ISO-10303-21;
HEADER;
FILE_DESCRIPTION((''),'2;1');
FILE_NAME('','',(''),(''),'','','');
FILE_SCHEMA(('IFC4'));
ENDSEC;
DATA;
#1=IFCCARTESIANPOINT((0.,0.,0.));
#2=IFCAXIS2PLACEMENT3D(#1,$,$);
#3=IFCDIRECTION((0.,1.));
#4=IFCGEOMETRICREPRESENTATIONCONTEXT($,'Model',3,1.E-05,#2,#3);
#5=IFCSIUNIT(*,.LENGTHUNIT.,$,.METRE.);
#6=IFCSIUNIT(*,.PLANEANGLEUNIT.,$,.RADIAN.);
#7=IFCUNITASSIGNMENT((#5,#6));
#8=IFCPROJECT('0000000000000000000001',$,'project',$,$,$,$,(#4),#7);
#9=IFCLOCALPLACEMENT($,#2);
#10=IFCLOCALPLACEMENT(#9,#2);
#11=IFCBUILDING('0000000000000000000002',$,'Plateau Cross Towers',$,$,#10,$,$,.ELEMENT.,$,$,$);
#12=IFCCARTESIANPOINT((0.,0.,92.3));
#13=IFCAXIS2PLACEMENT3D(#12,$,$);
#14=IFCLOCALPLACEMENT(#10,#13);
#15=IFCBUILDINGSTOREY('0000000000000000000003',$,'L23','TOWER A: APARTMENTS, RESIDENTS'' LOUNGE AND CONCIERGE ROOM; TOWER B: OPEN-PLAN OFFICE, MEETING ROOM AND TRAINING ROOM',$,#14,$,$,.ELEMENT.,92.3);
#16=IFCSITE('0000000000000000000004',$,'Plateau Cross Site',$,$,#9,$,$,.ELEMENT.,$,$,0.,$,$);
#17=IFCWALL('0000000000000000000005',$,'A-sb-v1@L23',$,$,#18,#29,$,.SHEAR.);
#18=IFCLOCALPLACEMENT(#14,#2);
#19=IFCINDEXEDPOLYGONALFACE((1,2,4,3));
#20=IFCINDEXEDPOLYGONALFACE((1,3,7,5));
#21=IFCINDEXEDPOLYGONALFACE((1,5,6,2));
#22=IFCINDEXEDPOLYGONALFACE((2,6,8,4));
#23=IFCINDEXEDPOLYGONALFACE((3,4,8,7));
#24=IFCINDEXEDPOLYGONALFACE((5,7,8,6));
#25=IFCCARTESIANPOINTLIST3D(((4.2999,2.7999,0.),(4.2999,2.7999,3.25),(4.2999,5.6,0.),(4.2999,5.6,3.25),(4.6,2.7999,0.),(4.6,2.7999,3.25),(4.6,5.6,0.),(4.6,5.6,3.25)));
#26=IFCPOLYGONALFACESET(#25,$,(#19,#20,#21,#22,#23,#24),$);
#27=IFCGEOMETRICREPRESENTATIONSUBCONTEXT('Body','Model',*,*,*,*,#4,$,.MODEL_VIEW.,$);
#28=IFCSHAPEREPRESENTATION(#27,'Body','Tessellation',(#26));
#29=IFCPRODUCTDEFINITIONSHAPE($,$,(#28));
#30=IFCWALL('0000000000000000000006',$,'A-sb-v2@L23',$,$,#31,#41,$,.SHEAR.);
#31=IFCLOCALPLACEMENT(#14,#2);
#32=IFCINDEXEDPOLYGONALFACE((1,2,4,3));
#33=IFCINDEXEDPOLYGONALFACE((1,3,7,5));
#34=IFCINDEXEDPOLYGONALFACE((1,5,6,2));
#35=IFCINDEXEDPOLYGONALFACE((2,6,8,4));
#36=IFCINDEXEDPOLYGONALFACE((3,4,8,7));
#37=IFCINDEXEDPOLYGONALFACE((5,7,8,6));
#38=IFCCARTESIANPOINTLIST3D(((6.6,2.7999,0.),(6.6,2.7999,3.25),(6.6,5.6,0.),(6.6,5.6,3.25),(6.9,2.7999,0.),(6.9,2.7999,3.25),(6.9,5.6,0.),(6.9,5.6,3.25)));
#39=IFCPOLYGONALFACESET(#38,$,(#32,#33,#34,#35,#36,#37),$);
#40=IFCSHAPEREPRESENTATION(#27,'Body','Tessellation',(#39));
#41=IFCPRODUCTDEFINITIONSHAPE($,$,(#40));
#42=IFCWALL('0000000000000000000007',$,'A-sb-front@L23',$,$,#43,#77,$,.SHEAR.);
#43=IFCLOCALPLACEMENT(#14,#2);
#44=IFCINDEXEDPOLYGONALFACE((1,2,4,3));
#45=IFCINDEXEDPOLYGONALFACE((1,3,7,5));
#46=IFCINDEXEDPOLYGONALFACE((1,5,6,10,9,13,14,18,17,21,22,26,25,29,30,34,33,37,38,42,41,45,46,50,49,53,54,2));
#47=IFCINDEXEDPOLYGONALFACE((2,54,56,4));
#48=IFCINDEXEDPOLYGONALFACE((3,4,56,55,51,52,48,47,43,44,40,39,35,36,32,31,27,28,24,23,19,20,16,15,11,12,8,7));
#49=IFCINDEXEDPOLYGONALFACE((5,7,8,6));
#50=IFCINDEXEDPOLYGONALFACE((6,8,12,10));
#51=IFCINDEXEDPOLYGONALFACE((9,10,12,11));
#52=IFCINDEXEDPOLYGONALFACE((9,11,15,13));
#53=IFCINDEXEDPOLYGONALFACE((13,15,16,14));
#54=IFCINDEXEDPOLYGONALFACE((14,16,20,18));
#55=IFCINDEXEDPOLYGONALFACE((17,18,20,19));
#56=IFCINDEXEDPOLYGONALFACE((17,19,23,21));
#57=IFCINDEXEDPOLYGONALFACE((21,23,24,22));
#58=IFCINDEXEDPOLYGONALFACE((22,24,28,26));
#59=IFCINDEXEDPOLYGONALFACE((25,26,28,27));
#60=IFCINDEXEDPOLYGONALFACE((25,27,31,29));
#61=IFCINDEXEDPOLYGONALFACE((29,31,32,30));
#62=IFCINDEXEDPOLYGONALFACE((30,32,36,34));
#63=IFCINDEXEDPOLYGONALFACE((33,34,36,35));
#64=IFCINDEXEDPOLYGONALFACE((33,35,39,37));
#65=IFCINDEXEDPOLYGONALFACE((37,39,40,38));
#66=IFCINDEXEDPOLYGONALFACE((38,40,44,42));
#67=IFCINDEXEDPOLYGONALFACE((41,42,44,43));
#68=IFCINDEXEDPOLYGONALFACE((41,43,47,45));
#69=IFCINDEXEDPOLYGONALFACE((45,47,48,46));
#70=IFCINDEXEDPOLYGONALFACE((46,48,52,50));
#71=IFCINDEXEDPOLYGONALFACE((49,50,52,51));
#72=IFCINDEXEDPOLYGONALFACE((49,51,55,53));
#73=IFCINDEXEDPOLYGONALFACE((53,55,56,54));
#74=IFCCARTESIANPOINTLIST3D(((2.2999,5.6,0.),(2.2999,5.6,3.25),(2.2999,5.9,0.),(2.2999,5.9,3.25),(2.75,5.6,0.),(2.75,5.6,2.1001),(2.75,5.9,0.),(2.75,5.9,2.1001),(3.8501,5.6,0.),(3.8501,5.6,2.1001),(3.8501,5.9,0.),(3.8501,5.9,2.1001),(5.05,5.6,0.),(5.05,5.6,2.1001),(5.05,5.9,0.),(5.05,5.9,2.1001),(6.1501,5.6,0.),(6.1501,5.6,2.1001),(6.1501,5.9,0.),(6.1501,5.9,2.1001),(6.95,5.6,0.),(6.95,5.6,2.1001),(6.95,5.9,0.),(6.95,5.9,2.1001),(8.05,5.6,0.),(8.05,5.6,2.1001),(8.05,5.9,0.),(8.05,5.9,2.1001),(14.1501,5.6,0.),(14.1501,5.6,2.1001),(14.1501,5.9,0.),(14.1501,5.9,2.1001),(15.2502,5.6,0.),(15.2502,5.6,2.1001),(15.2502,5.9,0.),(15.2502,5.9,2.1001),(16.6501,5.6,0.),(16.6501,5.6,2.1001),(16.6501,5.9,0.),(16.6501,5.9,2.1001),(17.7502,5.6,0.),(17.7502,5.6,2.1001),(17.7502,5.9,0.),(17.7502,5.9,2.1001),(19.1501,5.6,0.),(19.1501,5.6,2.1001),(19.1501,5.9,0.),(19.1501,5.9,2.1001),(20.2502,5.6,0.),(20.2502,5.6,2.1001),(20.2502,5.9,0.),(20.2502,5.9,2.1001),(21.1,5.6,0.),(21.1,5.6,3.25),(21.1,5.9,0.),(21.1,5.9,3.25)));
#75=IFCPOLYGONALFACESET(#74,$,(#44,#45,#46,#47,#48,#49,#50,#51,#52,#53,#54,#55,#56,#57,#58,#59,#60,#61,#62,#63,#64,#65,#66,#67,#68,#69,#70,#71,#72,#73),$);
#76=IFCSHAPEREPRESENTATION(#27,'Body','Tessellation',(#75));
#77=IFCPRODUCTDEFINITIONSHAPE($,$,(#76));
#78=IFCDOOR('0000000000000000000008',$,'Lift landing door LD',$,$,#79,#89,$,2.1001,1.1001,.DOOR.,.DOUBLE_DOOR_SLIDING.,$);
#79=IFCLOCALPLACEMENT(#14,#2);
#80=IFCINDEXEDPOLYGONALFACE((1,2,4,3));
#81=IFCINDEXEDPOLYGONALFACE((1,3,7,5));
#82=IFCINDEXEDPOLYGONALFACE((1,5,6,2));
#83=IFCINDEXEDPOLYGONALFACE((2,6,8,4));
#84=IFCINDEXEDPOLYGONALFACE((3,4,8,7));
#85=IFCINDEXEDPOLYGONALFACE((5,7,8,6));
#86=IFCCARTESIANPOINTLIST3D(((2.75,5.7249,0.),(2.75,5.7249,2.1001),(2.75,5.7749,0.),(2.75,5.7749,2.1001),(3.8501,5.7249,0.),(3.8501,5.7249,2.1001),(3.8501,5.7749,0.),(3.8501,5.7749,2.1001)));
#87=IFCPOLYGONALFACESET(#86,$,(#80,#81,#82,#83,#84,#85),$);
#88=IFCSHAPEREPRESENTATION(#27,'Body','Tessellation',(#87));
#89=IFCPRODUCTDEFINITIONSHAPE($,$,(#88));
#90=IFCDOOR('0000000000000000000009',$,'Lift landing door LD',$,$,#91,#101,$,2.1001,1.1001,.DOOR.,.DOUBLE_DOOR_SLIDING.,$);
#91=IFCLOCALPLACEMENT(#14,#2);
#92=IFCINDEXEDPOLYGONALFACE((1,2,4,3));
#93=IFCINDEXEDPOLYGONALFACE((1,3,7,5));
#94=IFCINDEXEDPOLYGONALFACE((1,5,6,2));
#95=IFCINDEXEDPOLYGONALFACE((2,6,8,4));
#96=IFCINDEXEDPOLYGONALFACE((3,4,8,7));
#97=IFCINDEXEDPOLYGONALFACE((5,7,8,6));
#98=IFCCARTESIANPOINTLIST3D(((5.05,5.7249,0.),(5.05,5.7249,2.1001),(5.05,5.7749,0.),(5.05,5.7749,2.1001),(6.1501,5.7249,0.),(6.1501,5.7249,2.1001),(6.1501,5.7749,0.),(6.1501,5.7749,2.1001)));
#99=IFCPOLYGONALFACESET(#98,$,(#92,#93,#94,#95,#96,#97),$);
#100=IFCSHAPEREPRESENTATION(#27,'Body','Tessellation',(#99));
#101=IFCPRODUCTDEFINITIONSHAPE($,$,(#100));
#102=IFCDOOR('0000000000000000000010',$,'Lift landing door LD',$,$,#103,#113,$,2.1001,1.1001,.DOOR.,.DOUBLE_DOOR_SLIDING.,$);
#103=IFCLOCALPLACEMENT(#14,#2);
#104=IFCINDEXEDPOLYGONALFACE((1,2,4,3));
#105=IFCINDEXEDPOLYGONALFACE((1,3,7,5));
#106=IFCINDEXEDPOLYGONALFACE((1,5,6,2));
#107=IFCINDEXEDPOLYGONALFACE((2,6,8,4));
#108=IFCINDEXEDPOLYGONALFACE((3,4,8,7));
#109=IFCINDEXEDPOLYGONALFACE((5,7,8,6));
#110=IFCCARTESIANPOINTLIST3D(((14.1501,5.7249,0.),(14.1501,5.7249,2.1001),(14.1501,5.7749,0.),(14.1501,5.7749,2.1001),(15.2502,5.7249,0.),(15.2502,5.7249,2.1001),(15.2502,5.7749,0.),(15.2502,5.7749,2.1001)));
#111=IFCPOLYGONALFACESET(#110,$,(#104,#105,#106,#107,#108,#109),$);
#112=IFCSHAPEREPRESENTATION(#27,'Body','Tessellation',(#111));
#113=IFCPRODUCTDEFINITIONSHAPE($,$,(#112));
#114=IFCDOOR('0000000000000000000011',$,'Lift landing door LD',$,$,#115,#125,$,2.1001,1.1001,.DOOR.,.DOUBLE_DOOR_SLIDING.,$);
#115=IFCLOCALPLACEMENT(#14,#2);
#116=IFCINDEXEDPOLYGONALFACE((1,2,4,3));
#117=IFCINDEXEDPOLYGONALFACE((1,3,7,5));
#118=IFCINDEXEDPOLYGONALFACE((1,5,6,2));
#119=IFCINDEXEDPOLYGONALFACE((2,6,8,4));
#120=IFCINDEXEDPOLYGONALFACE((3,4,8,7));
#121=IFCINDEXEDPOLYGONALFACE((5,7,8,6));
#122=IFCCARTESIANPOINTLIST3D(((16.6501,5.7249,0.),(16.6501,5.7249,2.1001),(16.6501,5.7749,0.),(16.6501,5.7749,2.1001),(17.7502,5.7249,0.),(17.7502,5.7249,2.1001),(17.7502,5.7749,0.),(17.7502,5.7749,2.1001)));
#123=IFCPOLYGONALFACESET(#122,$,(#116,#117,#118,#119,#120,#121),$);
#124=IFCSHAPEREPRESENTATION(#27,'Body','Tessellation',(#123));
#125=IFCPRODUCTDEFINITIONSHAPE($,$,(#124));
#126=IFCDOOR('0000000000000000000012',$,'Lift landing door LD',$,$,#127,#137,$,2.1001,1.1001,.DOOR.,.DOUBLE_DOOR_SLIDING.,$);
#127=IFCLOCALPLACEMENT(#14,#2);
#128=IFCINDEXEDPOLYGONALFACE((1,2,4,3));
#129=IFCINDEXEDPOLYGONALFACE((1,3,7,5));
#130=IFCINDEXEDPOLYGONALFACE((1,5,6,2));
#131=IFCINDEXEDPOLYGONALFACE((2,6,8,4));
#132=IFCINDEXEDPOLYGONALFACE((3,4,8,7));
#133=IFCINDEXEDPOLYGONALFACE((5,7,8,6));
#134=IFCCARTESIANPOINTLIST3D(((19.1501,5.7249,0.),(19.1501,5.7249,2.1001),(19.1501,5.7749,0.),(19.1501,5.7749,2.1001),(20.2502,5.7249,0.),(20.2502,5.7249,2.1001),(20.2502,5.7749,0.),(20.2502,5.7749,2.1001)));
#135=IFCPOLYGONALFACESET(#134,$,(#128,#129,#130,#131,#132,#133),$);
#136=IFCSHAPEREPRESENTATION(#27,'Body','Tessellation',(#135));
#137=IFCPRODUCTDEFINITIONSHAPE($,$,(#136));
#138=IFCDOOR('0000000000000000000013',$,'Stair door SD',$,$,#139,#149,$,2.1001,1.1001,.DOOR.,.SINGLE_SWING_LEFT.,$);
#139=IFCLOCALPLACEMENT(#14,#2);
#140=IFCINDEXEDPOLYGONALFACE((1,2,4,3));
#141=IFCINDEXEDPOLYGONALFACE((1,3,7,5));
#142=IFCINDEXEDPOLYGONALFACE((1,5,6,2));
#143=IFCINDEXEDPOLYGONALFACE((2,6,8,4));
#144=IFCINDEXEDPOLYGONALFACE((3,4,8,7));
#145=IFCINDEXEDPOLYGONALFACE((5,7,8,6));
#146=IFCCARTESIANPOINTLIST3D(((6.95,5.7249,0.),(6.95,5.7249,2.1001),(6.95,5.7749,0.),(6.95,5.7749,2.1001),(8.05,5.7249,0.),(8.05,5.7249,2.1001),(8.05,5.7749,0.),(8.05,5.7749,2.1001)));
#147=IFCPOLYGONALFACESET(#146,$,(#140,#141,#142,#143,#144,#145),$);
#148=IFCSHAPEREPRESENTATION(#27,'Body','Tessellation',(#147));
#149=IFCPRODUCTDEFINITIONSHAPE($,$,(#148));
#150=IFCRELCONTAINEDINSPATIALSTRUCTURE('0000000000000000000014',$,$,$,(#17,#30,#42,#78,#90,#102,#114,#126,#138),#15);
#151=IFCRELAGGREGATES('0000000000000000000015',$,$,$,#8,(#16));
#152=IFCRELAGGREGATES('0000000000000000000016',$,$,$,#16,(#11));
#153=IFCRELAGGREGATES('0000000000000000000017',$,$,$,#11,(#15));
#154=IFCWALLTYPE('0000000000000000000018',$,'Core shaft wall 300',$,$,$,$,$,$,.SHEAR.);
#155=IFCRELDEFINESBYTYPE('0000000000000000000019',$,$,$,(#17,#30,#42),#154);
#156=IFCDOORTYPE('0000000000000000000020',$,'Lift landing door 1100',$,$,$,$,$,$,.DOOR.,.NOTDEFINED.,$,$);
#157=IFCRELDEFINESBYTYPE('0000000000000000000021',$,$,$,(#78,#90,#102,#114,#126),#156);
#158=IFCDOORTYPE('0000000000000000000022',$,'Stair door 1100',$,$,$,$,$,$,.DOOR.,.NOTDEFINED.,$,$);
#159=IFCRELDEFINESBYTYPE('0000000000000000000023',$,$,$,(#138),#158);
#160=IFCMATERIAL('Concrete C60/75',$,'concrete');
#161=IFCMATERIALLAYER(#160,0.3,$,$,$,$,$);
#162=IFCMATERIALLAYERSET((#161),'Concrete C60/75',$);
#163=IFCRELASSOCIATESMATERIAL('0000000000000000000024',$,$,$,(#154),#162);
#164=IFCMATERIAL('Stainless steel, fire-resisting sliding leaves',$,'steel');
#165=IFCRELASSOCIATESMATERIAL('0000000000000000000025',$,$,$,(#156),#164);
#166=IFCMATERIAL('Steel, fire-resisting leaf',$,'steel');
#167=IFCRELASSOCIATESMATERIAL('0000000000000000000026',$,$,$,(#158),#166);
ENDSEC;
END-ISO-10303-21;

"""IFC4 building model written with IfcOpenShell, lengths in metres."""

from ifc_helpers import new_model, si_unit, direction, frame, frame_2d, origin, place, context, subcontext, project, spatial, rectangle, extrude, material, layer, layer_set, type_object, element, fill, save


model = new_model("IFC4")

# Units and contexts
model_context = context("Model", 3, precision=1e-05, world=origin(), true_north=direction((0.0, 1.0)))
body_context = subcontext(model_context, "Body", "Model", "MODEL_VIEW")
ifc_project = project(units=[si_unit("LENGTHUNIT", "METRE"), si_unit("PLANEANGLEUNIT", "RADIAN")], contexts=[model_context])

# Site, building, storey
site_placement = place(None, origin())
site = spatial("IfcSite", under=ifc_project, at=site_placement, Name="Plateau Cross Site", CompositionType="ELEMENT", RefElevation=0.0)
building_placement = place(site_placement, origin())
building = spatial("IfcBuilding", under=site, at=building_placement, Name="Plateau Cross Towers", CompositionType="ELEMENT")
storey_placement = place(building_placement, frame((0.0, 0.0, 92.3)))
storey = spatial("IfcBuildingStorey", under=building, at=storey_placement, Name="L23", Description="TOWER A: APARTMENTS, RESIDENTS' LOUNGE AND CONCIERGE ROOM; TOWER B: OPEN-PLAN OFFICE, MEETING ROOM AND TRAINING ROOM", CompositionType="ELEMENT", Elevation=92.3)

# Shared definitions
ifc_material_1 = material(Name="Steel, fire-resisting leaf", Category="steel")

# Walls
ifc_material_2 = material(Name="Concrete C60/75", Category="concrete")
ifc_layer_1 = layer(ifc_material_2, 0.3)
ifc_layer_set_1 = layer_set([ifc_layer_1], Name="Concrete C60/75")
wall_type_1 = type_object("IfcWallType", Name="Core shaft wall 300", PredefinedType="SHEAR", material=ifc_layer_set_1)
for number, where, z_axis, x_axis, name in (
    (1, (4.45, 2.8, 0.0), (0.0, 0.0, 1.0), (0.0, 1.0, 0.0), "A-sb-v1@L23"),
    (2, (6.75, 2.8, 0.0), (0.0, 0.0, 1.0), (0.0, 1.0, 0.0), "A-sb-v2@L23"),
):
    element("IfcWall", number, at=place(storey_placement, frame(where, z_axis=z_axis, x_axis=x_axis)), inside=storey, type_object=wall_type_1, Name=name, PredefinedType="SHEAR", context=body_context, shape_type="SweptSolid", body=[
        extrude(rectangle(XDim=2.8, YDim=0.3, at=frame_2d((1.3999, 0.0))), origin(), (0.0, 0.0, 1.0), 3.25),
    ])

# Wall, openings, doors
wall_1_placement = place(storey_placement, frame((2.3, 5.75, 0.0), z_axis=(0.0, 0.0, 1.0), x_axis=(1.0, 0.0, 0.0)))
wall_1 = element("IfcWall", 3, at=wall_1_placement, inside=storey, type_object=wall_type_1, Name="A-sb-front@L23", PredefinedType="SHEAR", context=body_context, shape_type="SweptSolid", body=[
    extrude(rectangle(XDim=18.8, YDim=0.3, at=frame_2d((9.3999, 0.0))), origin(), (0.0, 0.0, 1.0), 3.25),
])
opening_1_placement = place(wall_1_placement, frame((4.6499, 0.0, 0.0)))
opening_1 = element("IfcOpeningElement", 4, at=opening_1_placement, cuts=wall_1, PredefinedType="OPENING", context=body_context, shape_type="SweptSolid", body=[
    extrude(rectangle(XDim=1.1001, YDim=2.1001, at=frame_2d((0.55, 1.05))), frame((0.0, 0.1599, 0.0), z_axis=(0.0, -1.0, 0.0), x_axis=(1.0, 0.0, 0.0)), (0.0, 0.0, 1.0), 0.3201),
])
opening_2_placement = place(wall_1_placement, frame((0.45, 0.0, 0.0)))
opening_2 = element("IfcOpeningElement", 5, at=opening_2_placement, cuts=wall_1, PredefinedType="OPENING", context=body_context, shape_type="SweptSolid", body=[
    extrude(rectangle(XDim=1.1001, YDim=2.1001, at=frame_2d((0.55, 1.05))), frame((0.0, 0.1599, 0.0), z_axis=(0.0, -1.0, 0.0), x_axis=(1.0, 0.0, 0.0)), (0.0, 0.0, 1.0), 0.3201),
])
opening_3_placement = place(wall_1_placement, frame((2.75, 0.0, 0.0)))
opening_3 = element("IfcOpeningElement", 6, at=opening_3_placement, cuts=wall_1, PredefinedType="OPENING", context=body_context, shape_type="SweptSolid", body=[
    extrude(rectangle(XDim=1.1001, YDim=2.1001, at=frame_2d((0.55, 1.05))), frame((0.0, 0.1599, 0.0), z_axis=(0.0, -1.0, 0.0), x_axis=(1.0, 0.0, 0.0)), (0.0, 0.0, 1.0), 0.3201),
])
opening_4_placement = place(wall_1_placement, frame((11.8501, 0.0, 0.0)))
opening_4 = element("IfcOpeningElement", 7, at=opening_4_placement, cuts=wall_1, PredefinedType="OPENING", context=body_context, shape_type="SweptSolid", body=[
    extrude(rectangle(XDim=1.1001, YDim=2.1001, at=frame_2d((0.55, 1.05))), frame((0.0, 0.1599, 0.0), z_axis=(0.0, -1.0, 0.0), x_axis=(1.0, 0.0, 0.0)), (0.0, 0.0, 1.0), 0.3201),
])
opening_5_placement = place(wall_1_placement, frame((14.3501, 0.0, 0.0)))
opening_5 = element("IfcOpeningElement", 8, at=opening_5_placement, cuts=wall_1, PredefinedType="OPENING", context=body_context, shape_type="SweptSolid", body=[
    extrude(rectangle(XDim=1.1001, YDim=2.1001, at=frame_2d((0.55, 1.05))), frame((0.0, 0.1599, 0.0), z_axis=(0.0, -1.0, 0.0), x_axis=(1.0, 0.0, 0.0)), (0.0, 0.0, 1.0), 0.3201),
])
opening_6_placement = place(wall_1_placement, frame((16.8501, 0.0, 0.0)))
opening_6 = element("IfcOpeningElement", 9, at=opening_6_placement, cuts=wall_1, PredefinedType="OPENING", context=body_context, shape_type="SweptSolid", body=[
    extrude(rectangle(XDim=1.1001, YDim=2.1001, at=frame_2d((0.55, 1.05))), frame((0.0, 0.1599, 0.0), z_axis=(0.0, -1.0, 0.0), x_axis=(1.0, 0.0, 0.0)), (0.0, 0.0, 1.0), 0.3201),
])
ifc_material_3 = material(Name="Stainless steel, fire-resisting sliding leaves", Category="steel")
door_type_1 = type_object("IfcDoorType", Name="Lift landing door 1100", OperationType="NOTDEFINED", PredefinedType="DOOR", material=ifc_material_3)
door_1_placement = place(opening_2_placement, origin())
door_1 = element("IfcDoor", 10, at=door_1_placement, inside=storey, type_object=door_type_1, Name="Lift landing door LD", OperationType="DOUBLE_DOOR_SLIDING", OverallHeight=2.1001, OverallWidth=1.1001, PredefinedType="DOOR", context=body_context, shape_type="SweptSolid", body=[
    extrude(rectangle(XDim=1.1001, YDim=2.1001, at=frame_2d((0.55, 1.05))), frame((0.0, 0.0249, 0.0), z_axis=(0.0, -1.0, 0.0), x_axis=(1.0, 0.0, 0.0)), (0.0, 0.0, 1.0), 0.05),
])
fill(opening_2, door_1)
door_2_placement = place(opening_3_placement, origin())
door_2 = element("IfcDoor", 11, at=door_2_placement, inside=storey, type_object=door_type_1, Name="Lift landing door LD", OperationType="DOUBLE_DOOR_SLIDING", OverallHeight=2.1001, OverallWidth=1.1001, PredefinedType="DOOR", context=body_context, shape_type="SweptSolid", body=[
    extrude(rectangle(XDim=1.1001, YDim=2.1001, at=frame_2d((0.55, 1.05))), frame((0.0, 0.0249, 0.0), z_axis=(0.0, -1.0, 0.0), x_axis=(1.0, 0.0, 0.0)), (0.0, 0.0, 1.0), 0.05),
])
fill(opening_3, door_2)
door_3_placement = place(opening_4_placement, origin())
door_3 = element("IfcDoor", 12, at=door_3_placement, inside=storey, type_object=door_type_1, Name="Lift landing door LD", OperationType="DOUBLE_DOOR_SLIDING", OverallHeight=2.1001, OverallWidth=1.1001, PredefinedType="DOOR", context=body_context, shape_type="SweptSolid", body=[
    extrude(rectangle(XDim=1.1001, YDim=2.1001, at=frame_2d((0.55, 1.05))), frame((0.0, 0.0249, 0.0), z_axis=(0.0, -1.0, 0.0), x_axis=(1.0, 0.0, 0.0)), (0.0, 0.0, 1.0), 0.05),
])
fill(opening_4, door_3)
door_4_placement = place(opening_5_placement, origin())
door_4 = element("IfcDoor", 13, at=door_4_placement, inside=storey, type_object=door_type_1, Name="Lift landing door LD", OperationType="DOUBLE_DOOR_SLIDING", OverallHeight=2.1001, OverallWidth=1.1001, PredefinedType="DOOR", context=body_context, shape_type="SweptSolid", body=[
    extrude(rectangle(XDim=1.1001, YDim=2.1001, at=frame_2d((0.55, 1.05))), frame((0.0, 0.0249, 0.0), z_axis=(0.0, -1.0, 0.0), x_axis=(1.0, 0.0, 0.0)), (0.0, 0.0, 1.0), 0.05),
])
fill(opening_5, door_4)
door_5_placement = place(opening_6_placement, origin())
door_5 = element("IfcDoor", 14, at=door_5_placement, inside=storey, type_object=door_type_1, Name="Lift landing door LD", OperationType="DOUBLE_DOOR_SLIDING", OverallHeight=2.1001, OverallWidth=1.1001, PredefinedType="DOOR", context=body_context, shape_type="SweptSolid", body=[
    extrude(rectangle(XDim=1.1001, YDim=2.1001, at=frame_2d((0.55, 1.05))), frame((0.0, 0.0249, 0.0), z_axis=(0.0, -1.0, 0.0), x_axis=(1.0, 0.0, 0.0)), (0.0, 0.0, 1.0), 0.05),
])
fill(opening_6, door_5)
door_type_2 = type_object("IfcDoorType", Name="Stair door 1100", OperationType="NOTDEFINED", PredefinedType="DOOR", material=ifc_material_1)
door_6_placement = place(opening_1_placement, origin())
door_6 = element("IfcDoor", 15, at=door_6_placement, inside=storey, type_object=door_type_2, Name="Stair door SD", OperationType="SINGLE_SWING_LEFT", OverallHeight=2.1001, OverallWidth=1.1001, PredefinedType="DOOR", context=body_context, shape_type="SweptSolid", body=[
    extrude(rectangle(XDim=1.1001, YDim=2.1001, at=frame_2d((0.55, 1.05))), frame((0.0, 0.0249, 0.0), z_axis=(0.0, -1.0, 0.0), x_axis=(1.0, 0.0, 0.0)), (0.0, 0.0, 1.0), 0.05),
])
fill(opening_1, door_6)

save(model, "model.ifc")
